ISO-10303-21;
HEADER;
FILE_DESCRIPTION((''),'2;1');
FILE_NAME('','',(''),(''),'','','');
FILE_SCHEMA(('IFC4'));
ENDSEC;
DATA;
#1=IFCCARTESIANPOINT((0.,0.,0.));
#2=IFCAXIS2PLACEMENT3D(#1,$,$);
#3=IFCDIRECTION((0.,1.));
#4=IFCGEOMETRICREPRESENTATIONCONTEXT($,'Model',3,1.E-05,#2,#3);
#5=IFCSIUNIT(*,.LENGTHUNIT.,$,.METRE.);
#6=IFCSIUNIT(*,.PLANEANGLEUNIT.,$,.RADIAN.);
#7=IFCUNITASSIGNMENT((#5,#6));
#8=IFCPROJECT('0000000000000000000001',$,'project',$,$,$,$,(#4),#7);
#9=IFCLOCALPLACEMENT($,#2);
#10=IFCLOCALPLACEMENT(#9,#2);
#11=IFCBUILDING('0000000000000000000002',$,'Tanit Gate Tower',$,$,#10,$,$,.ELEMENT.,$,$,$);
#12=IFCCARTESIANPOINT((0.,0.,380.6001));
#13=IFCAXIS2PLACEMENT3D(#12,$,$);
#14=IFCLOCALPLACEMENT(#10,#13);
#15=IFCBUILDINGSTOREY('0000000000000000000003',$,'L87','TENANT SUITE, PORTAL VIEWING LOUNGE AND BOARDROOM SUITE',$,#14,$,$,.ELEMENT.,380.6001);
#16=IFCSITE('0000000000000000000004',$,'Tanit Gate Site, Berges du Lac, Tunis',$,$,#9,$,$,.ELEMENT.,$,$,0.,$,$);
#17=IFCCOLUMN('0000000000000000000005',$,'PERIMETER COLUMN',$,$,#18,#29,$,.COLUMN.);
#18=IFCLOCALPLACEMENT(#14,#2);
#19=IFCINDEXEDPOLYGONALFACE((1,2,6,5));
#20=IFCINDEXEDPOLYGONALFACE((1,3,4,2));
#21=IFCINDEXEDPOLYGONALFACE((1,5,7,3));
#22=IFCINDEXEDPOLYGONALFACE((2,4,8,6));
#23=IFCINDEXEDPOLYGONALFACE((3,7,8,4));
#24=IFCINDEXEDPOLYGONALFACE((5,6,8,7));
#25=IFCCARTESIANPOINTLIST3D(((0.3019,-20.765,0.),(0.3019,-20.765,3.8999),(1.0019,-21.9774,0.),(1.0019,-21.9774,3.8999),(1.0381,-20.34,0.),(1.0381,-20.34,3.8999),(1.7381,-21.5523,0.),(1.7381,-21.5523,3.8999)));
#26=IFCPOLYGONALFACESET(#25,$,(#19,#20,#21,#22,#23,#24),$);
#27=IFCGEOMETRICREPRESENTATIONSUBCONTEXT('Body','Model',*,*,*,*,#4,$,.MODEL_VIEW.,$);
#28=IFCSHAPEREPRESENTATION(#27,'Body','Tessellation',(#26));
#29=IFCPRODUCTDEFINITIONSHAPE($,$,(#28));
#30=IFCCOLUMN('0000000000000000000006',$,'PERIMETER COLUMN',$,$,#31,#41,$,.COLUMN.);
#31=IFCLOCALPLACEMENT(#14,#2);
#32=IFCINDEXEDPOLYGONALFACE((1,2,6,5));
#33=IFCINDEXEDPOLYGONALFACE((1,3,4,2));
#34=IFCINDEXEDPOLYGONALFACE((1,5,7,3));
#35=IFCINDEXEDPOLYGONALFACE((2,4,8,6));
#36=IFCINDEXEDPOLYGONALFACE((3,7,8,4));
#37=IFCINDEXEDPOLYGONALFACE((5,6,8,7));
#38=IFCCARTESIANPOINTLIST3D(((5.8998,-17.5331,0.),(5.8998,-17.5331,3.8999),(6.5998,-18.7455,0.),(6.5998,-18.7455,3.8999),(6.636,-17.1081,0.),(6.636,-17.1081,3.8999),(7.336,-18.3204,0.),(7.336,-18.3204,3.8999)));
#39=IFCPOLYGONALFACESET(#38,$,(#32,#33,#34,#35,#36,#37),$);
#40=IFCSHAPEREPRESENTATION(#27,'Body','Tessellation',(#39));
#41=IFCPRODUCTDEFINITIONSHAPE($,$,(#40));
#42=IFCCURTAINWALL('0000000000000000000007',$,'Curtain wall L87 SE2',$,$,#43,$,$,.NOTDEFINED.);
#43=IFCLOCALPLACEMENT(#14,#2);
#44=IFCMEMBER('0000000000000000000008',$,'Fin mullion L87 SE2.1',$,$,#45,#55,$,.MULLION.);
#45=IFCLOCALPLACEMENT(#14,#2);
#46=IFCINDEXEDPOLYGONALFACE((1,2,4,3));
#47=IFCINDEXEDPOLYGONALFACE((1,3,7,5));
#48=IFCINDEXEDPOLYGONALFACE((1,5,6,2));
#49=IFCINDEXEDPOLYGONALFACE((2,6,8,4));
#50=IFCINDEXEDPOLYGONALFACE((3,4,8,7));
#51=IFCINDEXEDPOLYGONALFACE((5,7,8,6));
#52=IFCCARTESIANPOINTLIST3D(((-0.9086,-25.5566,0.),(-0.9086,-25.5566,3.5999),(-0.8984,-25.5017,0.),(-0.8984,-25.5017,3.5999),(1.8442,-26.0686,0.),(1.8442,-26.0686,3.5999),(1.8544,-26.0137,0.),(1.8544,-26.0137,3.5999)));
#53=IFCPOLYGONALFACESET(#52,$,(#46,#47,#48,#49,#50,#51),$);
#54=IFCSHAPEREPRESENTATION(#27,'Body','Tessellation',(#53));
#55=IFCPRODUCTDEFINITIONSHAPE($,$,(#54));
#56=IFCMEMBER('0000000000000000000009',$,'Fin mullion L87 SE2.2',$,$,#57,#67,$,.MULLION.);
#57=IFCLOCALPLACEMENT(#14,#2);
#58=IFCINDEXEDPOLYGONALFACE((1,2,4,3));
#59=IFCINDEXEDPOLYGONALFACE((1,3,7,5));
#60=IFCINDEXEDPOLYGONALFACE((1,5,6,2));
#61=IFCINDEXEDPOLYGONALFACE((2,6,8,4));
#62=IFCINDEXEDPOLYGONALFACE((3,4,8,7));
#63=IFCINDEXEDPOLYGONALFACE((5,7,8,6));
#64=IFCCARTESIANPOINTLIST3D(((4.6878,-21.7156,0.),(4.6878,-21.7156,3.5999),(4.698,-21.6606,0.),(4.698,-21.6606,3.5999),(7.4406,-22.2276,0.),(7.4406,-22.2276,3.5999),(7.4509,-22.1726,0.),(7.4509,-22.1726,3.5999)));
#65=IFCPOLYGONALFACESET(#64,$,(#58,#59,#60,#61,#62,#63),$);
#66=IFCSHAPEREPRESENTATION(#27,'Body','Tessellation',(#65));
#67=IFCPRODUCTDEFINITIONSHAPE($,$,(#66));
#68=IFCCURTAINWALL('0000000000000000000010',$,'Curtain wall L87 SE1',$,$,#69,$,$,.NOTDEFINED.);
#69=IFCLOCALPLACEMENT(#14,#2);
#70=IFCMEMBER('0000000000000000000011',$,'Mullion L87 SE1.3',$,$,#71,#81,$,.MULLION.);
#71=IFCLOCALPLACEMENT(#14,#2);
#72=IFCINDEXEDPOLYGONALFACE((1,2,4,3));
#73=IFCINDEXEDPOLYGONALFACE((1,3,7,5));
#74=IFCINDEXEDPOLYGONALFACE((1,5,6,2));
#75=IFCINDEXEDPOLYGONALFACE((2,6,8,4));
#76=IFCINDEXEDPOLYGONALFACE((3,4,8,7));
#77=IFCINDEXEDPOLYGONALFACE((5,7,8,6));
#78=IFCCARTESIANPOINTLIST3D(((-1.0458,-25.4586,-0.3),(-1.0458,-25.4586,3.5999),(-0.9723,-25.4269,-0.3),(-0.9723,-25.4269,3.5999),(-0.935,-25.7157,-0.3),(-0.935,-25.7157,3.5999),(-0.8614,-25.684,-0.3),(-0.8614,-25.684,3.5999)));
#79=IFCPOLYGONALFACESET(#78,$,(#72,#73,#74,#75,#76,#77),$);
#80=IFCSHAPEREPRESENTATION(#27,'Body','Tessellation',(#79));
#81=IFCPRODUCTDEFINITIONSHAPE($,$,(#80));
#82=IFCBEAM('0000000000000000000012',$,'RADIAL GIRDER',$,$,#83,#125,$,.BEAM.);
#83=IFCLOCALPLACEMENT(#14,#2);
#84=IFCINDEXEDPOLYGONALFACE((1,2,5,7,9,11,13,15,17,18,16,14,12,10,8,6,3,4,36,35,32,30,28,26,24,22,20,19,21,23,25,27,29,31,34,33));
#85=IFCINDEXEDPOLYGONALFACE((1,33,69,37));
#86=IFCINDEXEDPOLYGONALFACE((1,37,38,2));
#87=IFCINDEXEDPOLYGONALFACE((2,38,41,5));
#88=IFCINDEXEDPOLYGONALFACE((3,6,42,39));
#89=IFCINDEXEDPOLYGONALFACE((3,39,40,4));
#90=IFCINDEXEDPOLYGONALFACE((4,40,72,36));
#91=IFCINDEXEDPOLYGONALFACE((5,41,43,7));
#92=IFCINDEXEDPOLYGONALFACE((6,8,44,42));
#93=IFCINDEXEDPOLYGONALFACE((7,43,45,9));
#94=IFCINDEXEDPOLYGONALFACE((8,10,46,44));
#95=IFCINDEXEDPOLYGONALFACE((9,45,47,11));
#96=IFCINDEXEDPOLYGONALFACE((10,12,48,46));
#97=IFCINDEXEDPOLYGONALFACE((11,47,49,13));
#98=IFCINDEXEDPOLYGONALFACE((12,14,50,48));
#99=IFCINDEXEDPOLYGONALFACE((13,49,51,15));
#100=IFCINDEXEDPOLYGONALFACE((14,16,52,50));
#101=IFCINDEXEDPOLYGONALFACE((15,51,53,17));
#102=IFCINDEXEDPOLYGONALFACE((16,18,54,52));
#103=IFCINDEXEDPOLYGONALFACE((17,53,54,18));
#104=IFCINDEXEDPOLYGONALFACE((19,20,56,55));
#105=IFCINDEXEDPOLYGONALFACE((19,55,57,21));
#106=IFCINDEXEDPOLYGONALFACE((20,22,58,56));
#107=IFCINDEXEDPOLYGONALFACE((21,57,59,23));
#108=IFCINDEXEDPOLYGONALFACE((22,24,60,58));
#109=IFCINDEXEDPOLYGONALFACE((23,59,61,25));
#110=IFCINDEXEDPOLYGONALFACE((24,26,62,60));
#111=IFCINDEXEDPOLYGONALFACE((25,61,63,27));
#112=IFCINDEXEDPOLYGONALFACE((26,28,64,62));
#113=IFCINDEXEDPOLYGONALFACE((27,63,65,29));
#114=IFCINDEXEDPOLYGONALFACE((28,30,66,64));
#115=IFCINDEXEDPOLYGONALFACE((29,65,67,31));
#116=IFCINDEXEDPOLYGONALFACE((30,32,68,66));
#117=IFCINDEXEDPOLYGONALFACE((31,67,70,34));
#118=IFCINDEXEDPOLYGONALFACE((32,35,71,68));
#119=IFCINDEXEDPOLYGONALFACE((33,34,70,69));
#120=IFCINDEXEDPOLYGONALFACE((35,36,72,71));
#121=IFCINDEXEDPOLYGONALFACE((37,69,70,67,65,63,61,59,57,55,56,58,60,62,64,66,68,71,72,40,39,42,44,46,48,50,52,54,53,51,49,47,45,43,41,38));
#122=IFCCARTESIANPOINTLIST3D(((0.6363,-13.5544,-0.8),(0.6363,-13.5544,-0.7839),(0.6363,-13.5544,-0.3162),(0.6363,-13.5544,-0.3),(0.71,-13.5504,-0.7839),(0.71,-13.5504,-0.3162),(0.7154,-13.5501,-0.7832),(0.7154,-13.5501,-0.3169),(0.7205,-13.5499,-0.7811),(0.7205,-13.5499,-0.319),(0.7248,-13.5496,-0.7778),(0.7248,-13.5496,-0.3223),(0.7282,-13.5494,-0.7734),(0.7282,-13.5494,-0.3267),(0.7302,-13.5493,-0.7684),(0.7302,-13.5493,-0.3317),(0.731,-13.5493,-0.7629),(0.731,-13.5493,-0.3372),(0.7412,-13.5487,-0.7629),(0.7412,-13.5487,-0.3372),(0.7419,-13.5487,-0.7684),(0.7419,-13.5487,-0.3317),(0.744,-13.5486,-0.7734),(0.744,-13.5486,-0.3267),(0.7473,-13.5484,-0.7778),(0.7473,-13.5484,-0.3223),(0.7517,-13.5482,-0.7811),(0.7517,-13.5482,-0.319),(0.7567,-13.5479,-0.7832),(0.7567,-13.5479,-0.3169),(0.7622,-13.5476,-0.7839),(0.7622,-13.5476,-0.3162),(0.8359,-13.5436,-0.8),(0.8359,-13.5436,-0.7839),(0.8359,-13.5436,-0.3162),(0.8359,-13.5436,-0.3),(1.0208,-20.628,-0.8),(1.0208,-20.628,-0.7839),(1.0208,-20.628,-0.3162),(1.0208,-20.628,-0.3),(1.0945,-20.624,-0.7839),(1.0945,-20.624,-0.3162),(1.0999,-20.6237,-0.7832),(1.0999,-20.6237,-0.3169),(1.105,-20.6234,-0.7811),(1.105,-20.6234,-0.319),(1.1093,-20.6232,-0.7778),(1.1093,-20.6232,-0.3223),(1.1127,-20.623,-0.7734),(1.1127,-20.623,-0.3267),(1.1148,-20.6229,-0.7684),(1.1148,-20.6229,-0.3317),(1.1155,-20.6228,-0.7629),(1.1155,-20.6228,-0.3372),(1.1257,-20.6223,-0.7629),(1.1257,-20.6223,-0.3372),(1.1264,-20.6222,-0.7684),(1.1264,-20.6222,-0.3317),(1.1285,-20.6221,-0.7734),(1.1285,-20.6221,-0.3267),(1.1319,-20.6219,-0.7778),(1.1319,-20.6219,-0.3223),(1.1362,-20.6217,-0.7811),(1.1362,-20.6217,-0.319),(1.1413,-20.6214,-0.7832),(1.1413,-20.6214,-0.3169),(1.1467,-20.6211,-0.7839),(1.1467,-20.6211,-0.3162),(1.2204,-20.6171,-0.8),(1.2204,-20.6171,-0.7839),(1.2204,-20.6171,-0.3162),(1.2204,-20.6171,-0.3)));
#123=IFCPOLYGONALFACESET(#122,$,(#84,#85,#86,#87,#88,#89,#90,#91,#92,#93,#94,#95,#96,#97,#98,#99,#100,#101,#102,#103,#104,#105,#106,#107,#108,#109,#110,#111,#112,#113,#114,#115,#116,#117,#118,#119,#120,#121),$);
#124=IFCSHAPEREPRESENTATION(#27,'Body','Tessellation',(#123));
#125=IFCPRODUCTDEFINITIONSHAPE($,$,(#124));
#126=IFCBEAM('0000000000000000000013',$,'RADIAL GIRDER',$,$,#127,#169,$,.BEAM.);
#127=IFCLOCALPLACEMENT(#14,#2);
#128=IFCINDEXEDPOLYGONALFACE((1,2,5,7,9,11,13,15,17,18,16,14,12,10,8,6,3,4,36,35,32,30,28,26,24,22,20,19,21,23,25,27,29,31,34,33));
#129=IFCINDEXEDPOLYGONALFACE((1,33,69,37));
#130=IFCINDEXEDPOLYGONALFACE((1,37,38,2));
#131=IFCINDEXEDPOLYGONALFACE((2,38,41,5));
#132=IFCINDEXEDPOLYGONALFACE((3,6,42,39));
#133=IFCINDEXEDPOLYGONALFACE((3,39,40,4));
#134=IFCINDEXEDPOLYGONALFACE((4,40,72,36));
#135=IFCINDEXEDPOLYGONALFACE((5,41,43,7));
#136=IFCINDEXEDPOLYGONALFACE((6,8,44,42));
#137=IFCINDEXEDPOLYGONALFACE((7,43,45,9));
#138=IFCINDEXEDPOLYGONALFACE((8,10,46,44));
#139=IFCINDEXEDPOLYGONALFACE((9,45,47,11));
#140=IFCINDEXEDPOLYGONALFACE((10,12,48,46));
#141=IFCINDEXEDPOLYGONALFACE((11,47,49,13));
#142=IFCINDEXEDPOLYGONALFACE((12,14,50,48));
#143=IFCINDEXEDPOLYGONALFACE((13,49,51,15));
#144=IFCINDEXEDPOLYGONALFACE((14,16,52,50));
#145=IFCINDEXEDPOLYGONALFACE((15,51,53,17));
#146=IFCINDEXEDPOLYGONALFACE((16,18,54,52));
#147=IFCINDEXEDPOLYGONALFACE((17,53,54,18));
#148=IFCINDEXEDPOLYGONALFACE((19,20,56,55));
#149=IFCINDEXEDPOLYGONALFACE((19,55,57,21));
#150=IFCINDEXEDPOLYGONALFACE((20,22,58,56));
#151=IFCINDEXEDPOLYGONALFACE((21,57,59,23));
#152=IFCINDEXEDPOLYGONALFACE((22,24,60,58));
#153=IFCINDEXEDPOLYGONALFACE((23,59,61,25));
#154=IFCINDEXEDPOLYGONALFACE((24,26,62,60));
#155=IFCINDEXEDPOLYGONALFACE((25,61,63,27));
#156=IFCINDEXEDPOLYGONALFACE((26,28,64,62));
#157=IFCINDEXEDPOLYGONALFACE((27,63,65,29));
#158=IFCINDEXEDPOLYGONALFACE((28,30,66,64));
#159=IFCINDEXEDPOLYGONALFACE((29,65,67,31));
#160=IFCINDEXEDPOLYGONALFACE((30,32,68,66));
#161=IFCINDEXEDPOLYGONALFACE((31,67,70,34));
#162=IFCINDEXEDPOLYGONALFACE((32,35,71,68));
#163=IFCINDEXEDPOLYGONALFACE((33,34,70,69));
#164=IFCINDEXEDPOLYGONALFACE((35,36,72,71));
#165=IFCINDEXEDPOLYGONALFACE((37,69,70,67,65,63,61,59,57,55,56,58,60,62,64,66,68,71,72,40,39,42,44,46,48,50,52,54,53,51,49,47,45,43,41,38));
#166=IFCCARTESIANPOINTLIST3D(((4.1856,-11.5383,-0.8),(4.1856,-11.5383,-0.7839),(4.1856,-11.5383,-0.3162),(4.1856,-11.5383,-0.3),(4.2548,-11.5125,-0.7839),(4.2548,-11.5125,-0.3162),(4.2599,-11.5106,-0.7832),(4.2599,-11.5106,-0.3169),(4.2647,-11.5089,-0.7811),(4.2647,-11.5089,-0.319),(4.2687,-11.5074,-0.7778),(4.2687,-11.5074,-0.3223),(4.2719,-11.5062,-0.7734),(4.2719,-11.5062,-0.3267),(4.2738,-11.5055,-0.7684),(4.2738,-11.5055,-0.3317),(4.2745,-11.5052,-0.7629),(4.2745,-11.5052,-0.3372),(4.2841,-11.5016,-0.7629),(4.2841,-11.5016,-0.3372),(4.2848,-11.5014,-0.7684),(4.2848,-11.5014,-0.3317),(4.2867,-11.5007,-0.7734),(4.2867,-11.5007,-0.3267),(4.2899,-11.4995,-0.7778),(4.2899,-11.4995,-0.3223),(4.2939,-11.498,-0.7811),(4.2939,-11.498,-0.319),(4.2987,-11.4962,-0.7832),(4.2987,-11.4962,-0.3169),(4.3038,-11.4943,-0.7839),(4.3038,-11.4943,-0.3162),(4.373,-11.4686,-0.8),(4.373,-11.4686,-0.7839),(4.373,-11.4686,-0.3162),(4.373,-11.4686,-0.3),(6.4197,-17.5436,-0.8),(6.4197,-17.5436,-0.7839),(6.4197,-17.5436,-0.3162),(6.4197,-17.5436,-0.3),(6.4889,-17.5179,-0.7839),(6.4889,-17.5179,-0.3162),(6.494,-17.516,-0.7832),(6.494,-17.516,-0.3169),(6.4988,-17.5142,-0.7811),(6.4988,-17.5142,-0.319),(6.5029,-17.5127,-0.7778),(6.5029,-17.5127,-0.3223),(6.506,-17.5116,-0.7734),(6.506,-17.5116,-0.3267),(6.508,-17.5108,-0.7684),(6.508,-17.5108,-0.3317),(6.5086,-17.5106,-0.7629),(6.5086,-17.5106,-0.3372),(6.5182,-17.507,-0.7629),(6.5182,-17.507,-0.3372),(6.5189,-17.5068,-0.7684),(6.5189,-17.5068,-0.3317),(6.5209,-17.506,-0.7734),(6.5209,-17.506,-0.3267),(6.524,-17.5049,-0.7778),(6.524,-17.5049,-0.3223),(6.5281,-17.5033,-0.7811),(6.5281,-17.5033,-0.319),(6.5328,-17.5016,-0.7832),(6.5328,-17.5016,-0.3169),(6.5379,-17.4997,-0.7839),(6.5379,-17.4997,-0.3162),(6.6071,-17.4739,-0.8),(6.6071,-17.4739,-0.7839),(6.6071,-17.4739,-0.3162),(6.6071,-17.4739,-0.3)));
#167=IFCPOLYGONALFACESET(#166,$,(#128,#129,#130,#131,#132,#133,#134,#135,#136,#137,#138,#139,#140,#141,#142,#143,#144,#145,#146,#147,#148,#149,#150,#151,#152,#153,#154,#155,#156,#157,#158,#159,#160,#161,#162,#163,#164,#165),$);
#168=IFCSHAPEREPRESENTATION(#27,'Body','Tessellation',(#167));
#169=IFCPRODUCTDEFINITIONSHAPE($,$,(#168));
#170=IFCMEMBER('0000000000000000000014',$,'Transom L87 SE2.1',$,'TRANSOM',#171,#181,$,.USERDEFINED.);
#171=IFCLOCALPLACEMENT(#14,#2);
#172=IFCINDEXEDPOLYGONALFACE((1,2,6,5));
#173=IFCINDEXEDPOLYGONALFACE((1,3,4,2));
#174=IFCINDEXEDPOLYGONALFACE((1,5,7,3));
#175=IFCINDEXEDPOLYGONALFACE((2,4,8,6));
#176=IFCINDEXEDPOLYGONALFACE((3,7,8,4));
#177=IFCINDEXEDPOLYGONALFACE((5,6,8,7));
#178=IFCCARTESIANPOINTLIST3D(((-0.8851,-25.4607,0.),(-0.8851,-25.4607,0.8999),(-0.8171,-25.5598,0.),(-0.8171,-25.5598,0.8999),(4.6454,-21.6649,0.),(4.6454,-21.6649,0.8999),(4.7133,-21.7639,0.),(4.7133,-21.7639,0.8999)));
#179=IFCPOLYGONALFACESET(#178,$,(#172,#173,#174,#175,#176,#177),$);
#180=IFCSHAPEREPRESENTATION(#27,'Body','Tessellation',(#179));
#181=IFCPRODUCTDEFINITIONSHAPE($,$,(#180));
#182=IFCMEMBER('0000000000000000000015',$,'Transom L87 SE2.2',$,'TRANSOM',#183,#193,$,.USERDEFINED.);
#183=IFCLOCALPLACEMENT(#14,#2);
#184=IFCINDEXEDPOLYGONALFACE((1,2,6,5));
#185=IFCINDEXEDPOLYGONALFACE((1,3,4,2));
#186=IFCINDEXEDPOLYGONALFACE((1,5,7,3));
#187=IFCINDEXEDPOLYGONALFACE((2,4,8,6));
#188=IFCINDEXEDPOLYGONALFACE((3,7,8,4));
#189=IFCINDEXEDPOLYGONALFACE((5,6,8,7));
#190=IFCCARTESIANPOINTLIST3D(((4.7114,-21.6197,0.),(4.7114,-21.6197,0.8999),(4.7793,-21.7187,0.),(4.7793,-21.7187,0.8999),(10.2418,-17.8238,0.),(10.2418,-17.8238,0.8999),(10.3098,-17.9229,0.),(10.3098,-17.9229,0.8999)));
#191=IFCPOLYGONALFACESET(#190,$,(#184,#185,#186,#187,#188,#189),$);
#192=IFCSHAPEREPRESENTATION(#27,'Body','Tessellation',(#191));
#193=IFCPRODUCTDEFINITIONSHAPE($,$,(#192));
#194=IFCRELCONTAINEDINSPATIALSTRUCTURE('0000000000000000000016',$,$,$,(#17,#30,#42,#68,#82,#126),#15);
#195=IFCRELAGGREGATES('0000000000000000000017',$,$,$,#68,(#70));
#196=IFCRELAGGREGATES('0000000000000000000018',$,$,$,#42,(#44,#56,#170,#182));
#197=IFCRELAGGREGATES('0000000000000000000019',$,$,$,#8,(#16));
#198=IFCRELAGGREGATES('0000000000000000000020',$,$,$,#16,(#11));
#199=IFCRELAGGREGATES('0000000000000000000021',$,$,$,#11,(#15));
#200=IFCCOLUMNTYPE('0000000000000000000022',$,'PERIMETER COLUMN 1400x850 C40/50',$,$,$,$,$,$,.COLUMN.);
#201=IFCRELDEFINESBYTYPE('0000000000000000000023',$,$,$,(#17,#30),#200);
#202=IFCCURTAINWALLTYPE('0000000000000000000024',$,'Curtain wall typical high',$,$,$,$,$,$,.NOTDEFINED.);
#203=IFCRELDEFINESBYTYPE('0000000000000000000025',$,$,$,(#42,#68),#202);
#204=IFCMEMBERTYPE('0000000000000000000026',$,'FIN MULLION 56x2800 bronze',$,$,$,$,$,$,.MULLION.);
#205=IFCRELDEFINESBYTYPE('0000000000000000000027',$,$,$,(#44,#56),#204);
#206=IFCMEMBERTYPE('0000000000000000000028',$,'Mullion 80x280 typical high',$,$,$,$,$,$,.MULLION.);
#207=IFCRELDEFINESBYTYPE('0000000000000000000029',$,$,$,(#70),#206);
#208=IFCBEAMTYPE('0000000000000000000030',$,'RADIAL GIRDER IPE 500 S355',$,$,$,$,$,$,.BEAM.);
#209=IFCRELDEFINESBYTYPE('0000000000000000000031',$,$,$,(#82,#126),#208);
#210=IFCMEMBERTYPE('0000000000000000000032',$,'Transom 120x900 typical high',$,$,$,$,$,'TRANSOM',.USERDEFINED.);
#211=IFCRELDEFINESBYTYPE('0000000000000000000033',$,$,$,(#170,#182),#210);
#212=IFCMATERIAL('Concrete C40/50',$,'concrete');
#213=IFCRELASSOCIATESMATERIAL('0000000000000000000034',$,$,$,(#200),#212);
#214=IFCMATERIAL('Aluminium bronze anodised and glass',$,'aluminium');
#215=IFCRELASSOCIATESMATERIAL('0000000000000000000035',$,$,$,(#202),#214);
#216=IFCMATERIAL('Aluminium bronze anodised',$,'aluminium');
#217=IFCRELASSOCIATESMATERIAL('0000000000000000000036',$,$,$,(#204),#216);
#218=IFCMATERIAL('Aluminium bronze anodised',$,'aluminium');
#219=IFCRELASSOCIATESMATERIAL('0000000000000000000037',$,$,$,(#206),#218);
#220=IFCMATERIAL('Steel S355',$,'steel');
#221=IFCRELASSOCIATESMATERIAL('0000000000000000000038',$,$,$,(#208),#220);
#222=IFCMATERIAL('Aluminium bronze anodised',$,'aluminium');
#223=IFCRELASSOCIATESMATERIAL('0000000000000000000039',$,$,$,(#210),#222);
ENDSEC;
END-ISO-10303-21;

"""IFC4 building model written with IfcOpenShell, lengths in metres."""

from ifc_helpers import new_model, si_unit, direction, frame, origin, origin_2d, place, context, subcontext, project, spatial, rectangle, i_section, extrude, material, material_profile, profile_set, type_object, element, aggregate, save


model = new_model("IFC4")

# Units and contexts
model_context = context("Model", 3, precision=1e-05, world=origin(), true_north=direction((0.0, 1.0)))
body_context = subcontext(model_context, "Body", "Model", "MODEL_VIEW")
ifc_project = project(units=[si_unit("LENGTHUNIT", "METRE"), si_unit("PLANEANGLEUNIT", "RADIAN")], contexts=[model_context])

# Site, building, storey
site_placement = place(None, origin())
site = spatial("IfcSite", under=ifc_project, at=site_placement, Name="Tanit Gate Site, Berges du Lac, Tunis", CompositionType="ELEMENT", RefElevation=0.0)
building_placement = place(site_placement, origin())
building = spatial("IfcBuilding", under=site, at=building_placement, Name="Tanit Gate Tower", CompositionType="ELEMENT")
storey_placement = place(building_placement, frame((0.0, 0.0, 380.6001)))
storey = spatial("IfcBuildingStorey", under=building, at=storey_placement, Name="L87", Description="TENANT SUITE, PORTAL VIEWING LOUNGE AND BOARDROOM SUITE", CompositionType="ELEMENT", Elevation=380.6001)

# Columns
ifc_material_1 = material(Name="Concrete C40/50", Category="concrete")
ifc_material_profile_1 = material_profile(ifc_material_1, rectangle(XDim=1.3999, YDim=0.8501, at=origin_2d()), Name="RC 1400x850")
ifc_profile_set_1 = profile_set([ifc_material_profile_1], Name="Concrete C40/50")
column_type = type_object("IfcColumnType", Name="PERIMETER COLUMN 1400x850 C40/50", PredefinedType="COLUMN", material=ifc_profile_set_1)
for number, where, z_axis, x_axis, name in (
    (1, (1.02, -21.1587, 0.0), (0.0, 0.0, 1.0), (0.5, -0.866025, 0.0), "PERIMETER COLUMN"),
    (2, (6.6179, -17.9268, 0.0), (0.0, 0.0, 1.0), (0.5, -0.866025, 0.0), "PERIMETER COLUMN"),
):
    element("IfcColumn", number, at=place(storey_placement, frame(where, z_axis=z_axis, x_axis=x_axis)), inside=storey, type_object=column_type, Name=name, PredefinedType="COLUMN", context=body_context, shape_type="SweptSolid", body=[
        extrude(rectangle(XDim=1.3999, YDim=0.8501, at=origin_2d()), origin(), (0.0, 0.0, 1.0), 3.8999),
    ])

# Curtain wall, members
ifc_material_2 = material(Name="Aluminium bronze anodised and glass", Category="aluminium")
curtain_wall_type = type_object("IfcCurtainWallType", Name="Curtain wall typical high", PredefinedType="NOTDEFINED", material=ifc_material_2)
curtain_wall_1_placement = place(storey_placement, origin())
curtain_wall_1 = element("IfcCurtainWall", 3, at=curtain_wall_1_placement, inside=storey, type_object=curtain_wall_type, Name="Curtain wall L87 SE2", PredefinedType="NOTDEFINED")
ifc_material_3 = material(Name="Aluminium bronze anodised", Category="aluminium")
ifc_material_profile_2 = material_profile(ifc_material_3, rectangle(XDim=2.8, YDim=0.0559, at=origin_2d()), Name="56x2800 bronze fin mullion")
ifc_profile_set_2 = profile_set([ifc_material_profile_2], Name="Aluminium bronze anodised")
member_type_1 = type_object("IfcMemberType", Name="FIN MULLION 56x2800 bronze", PredefinedType="MULLION", material=ifc_profile_set_2)
member_1_placement = place(storey_placement, frame((0.4729, -25.7852, 0.0), z_axis=(0.0, 0.0, 1.0), x_axis=(-0.983141, 0.182847, 0.0)))
member_1 = element("IfcMember", 4, at=member_1_placement, type_object=member_type_1, Name="Fin mullion L87 SE2.1", PredefinedType="MULLION", context=body_context, shape_type="SweptSolid", body=[
    extrude(rectangle(XDim=2.8, YDim=0.0559, at=origin_2d()), origin(), (0.0, 0.0, 1.0), 3.5999),
])
member_2_placement = place(storey_placement, frame((6.0693, -21.9441, 0.0), z_axis=(0.0, 0.0, 1.0), x_axis=(-0.983141, 0.182847, 0.0)))
member_2 = element("IfcMember", 5, at=member_2_placement, type_object=member_type_1, Name="Fin mullion L87 SE2.2", PredefinedType="MULLION", context=body_context, shape_type="SweptSolid", body=[
    extrude(rectangle(XDim=2.8, YDim=0.0559, at=origin_2d()), origin(), (0.0, 0.0, 1.0), 3.5999),
])

# Curtain wall, member
curtain_wall_2_placement = place(storey_placement, origin())
curtain_wall_2 = element("IfcCurtainWall", 6, at=curtain_wall_2_placement, inside=storey, type_object=curtain_wall_type, Name="Curtain wall L87 SE1", PredefinedType="NOTDEFINED")
ifc_material_4 = material(Name="Aluminium bronze anodised", Category="aluminium")
ifc_material_profile_3 = material_profile(ifc_material_4, rectangle(XDim=0.28, YDim=0.0801, at=origin_2d()), Name="80x280 bronze mullion")
ifc_profile_set_3 = profile_set([ifc_material_profile_3], Name="Aluminium bronze anodised")
member_type_2 = type_object("IfcMemberType", Name="Mullion 80x280 typical high", PredefinedType="MULLION", material=ifc_profile_set_3)
member_3_placement = place(storey_placement, frame((-0.9536, -25.5713, -0.3), z_axis=(0.0, 0.0, 1.0), x_axis=(-0.395871, 0.918306, 0.0)))
member_3 = element("IfcMember", 7, at=member_3_placement, type_object=member_type_2, Name="Mullion L87 SE1.3", PredefinedType="MULLION", context=body_context, shape_type="SweptSolid", body=[
    extrude(rectangle(XDim=0.28, YDim=0.0801, at=origin_2d()), origin(), (0.0, 0.0, 1.0), 3.8999),
])
aggregate(curtain_wall_2, [member_3])

# Beams
ifc_material_5 = material(Name="Steel S355", Category="steel")
ifc_material_profile_4 = material_profile(ifc_material_5, i_section(OverallWidth=0.2, OverallDepth=0.5, WebThickness=0.0103, FlangeThickness=0.0161, FilletRadius=0.021, at=origin_2d()), Name="IPE 500")
ifc_profile_set_4 = profile_set([ifc_material_profile_4], Name="Steel S355")
beam_type = type_object("IfcBeamType", Name="RADIAL GIRDER IPE 500 S355", PredefinedType="BEAM", material=ifc_profile_set_4)
beam_1_placement = place(storey_placement, frame((1.1206, -20.6226, -0.55), z_axis=(-0.054281, 0.998526, 0.0), x_axis=(-0.998526, -0.054281, 0.0)))
element("IfcBeam", 8, at=beam_1_placement, inside=storey, type_object=beam_type, Name="RADIAL GIRDER", PredefinedType="BEAM", context=body_context, shape_type="SweptSolid", body=[
    extrude(i_section(OverallWidth=0.2, OverallDepth=0.5, WebThickness=0.0103, FlangeThickness=0.0161, FilletRadius=0.021, at=origin_2d()), origin(), (0.0, 0.0, 1.0), 7.084),
])
beam_2_placement = place(storey_placement, frame((6.5134, -17.5088, -0.55), z_axis=(-0.348675, 0.937244, 0.0), x_axis=(-0.937244, -0.348675, 0.0)))
element("IfcBeam", 9, at=beam_2_placement, inside=storey, type_object=beam_type, Name="RADIAL GIRDER", PredefinedType="BEAM", context=body_context, shape_type="SweptSolid", body=[
    extrude(i_section(OverallWidth=0.2, OverallDepth=0.5, WebThickness=0.0103, FlangeThickness=0.0161, FilletRadius=0.021, at=origin_2d()), origin(), (0.0, 0.0, 1.0), 6.4075),
])

# Members
ifc_material_6 = material(Name="Aluminium bronze anodised", Category="aluminium")
ifc_material_profile_5 = material_profile(ifc_material_6, rectangle(XDim=0.1201, YDim=0.8999, at=origin_2d()), Name="120x900 bronze transom")
ifc_profile_set_5 = profile_set([ifc_material_profile_5], Name="Aluminium bronze anodised")
member_type_3 = type_object("IfcMemberType", Name="Transom 120x900 typical high", ElementType="TRANSOM", PredefinedType="USERDEFINED", material=ifc_profile_set_5)
member_4_placement = place(storey_placement, frame((-0.8511, -25.5103, 0.45), z_axis=(0.824482, 0.565888, 0.0), x_axis=(-0.565888, 0.824482, 0.0)))
member_4 = element("IfcMember", 10, at=member_4_placement, type_object=member_type_3, Name="Transom L87 SE2.1", ObjectType="TRANSOM", PredefinedType="USERDEFINED", context=body_context, shape_type="SweptSolid", body=[
    extrude(rectangle(XDim=0.1201, YDim=0.8999, at=origin_2d()), origin(), (0.0, 0.0, 1.0), 6.7078),
])
member_5_placement = place(storey_placement, frame((4.7454, -21.6692, 0.45), z_axis=(0.824482, 0.565888, 0.0), x_axis=(-0.565888, 0.824482, 0.0)))
member_5 = element("IfcMember", 11, at=member_5_placement, type_object=member_type_3, Name="Transom L87 SE2.2", ObjectType="TRANSOM", PredefinedType="USERDEFINED", context=body_context, shape_type="SweptSolid", body=[
    extrude(rectangle(XDim=0.1201, YDim=0.8999, at=origin_2d()), origin(), (0.0, 0.0, 1.0), 6.7078),
])

aggregate(curtain_wall_1, [member_1, member_2, member_4, member_5])

save(model, "model.ifc")
